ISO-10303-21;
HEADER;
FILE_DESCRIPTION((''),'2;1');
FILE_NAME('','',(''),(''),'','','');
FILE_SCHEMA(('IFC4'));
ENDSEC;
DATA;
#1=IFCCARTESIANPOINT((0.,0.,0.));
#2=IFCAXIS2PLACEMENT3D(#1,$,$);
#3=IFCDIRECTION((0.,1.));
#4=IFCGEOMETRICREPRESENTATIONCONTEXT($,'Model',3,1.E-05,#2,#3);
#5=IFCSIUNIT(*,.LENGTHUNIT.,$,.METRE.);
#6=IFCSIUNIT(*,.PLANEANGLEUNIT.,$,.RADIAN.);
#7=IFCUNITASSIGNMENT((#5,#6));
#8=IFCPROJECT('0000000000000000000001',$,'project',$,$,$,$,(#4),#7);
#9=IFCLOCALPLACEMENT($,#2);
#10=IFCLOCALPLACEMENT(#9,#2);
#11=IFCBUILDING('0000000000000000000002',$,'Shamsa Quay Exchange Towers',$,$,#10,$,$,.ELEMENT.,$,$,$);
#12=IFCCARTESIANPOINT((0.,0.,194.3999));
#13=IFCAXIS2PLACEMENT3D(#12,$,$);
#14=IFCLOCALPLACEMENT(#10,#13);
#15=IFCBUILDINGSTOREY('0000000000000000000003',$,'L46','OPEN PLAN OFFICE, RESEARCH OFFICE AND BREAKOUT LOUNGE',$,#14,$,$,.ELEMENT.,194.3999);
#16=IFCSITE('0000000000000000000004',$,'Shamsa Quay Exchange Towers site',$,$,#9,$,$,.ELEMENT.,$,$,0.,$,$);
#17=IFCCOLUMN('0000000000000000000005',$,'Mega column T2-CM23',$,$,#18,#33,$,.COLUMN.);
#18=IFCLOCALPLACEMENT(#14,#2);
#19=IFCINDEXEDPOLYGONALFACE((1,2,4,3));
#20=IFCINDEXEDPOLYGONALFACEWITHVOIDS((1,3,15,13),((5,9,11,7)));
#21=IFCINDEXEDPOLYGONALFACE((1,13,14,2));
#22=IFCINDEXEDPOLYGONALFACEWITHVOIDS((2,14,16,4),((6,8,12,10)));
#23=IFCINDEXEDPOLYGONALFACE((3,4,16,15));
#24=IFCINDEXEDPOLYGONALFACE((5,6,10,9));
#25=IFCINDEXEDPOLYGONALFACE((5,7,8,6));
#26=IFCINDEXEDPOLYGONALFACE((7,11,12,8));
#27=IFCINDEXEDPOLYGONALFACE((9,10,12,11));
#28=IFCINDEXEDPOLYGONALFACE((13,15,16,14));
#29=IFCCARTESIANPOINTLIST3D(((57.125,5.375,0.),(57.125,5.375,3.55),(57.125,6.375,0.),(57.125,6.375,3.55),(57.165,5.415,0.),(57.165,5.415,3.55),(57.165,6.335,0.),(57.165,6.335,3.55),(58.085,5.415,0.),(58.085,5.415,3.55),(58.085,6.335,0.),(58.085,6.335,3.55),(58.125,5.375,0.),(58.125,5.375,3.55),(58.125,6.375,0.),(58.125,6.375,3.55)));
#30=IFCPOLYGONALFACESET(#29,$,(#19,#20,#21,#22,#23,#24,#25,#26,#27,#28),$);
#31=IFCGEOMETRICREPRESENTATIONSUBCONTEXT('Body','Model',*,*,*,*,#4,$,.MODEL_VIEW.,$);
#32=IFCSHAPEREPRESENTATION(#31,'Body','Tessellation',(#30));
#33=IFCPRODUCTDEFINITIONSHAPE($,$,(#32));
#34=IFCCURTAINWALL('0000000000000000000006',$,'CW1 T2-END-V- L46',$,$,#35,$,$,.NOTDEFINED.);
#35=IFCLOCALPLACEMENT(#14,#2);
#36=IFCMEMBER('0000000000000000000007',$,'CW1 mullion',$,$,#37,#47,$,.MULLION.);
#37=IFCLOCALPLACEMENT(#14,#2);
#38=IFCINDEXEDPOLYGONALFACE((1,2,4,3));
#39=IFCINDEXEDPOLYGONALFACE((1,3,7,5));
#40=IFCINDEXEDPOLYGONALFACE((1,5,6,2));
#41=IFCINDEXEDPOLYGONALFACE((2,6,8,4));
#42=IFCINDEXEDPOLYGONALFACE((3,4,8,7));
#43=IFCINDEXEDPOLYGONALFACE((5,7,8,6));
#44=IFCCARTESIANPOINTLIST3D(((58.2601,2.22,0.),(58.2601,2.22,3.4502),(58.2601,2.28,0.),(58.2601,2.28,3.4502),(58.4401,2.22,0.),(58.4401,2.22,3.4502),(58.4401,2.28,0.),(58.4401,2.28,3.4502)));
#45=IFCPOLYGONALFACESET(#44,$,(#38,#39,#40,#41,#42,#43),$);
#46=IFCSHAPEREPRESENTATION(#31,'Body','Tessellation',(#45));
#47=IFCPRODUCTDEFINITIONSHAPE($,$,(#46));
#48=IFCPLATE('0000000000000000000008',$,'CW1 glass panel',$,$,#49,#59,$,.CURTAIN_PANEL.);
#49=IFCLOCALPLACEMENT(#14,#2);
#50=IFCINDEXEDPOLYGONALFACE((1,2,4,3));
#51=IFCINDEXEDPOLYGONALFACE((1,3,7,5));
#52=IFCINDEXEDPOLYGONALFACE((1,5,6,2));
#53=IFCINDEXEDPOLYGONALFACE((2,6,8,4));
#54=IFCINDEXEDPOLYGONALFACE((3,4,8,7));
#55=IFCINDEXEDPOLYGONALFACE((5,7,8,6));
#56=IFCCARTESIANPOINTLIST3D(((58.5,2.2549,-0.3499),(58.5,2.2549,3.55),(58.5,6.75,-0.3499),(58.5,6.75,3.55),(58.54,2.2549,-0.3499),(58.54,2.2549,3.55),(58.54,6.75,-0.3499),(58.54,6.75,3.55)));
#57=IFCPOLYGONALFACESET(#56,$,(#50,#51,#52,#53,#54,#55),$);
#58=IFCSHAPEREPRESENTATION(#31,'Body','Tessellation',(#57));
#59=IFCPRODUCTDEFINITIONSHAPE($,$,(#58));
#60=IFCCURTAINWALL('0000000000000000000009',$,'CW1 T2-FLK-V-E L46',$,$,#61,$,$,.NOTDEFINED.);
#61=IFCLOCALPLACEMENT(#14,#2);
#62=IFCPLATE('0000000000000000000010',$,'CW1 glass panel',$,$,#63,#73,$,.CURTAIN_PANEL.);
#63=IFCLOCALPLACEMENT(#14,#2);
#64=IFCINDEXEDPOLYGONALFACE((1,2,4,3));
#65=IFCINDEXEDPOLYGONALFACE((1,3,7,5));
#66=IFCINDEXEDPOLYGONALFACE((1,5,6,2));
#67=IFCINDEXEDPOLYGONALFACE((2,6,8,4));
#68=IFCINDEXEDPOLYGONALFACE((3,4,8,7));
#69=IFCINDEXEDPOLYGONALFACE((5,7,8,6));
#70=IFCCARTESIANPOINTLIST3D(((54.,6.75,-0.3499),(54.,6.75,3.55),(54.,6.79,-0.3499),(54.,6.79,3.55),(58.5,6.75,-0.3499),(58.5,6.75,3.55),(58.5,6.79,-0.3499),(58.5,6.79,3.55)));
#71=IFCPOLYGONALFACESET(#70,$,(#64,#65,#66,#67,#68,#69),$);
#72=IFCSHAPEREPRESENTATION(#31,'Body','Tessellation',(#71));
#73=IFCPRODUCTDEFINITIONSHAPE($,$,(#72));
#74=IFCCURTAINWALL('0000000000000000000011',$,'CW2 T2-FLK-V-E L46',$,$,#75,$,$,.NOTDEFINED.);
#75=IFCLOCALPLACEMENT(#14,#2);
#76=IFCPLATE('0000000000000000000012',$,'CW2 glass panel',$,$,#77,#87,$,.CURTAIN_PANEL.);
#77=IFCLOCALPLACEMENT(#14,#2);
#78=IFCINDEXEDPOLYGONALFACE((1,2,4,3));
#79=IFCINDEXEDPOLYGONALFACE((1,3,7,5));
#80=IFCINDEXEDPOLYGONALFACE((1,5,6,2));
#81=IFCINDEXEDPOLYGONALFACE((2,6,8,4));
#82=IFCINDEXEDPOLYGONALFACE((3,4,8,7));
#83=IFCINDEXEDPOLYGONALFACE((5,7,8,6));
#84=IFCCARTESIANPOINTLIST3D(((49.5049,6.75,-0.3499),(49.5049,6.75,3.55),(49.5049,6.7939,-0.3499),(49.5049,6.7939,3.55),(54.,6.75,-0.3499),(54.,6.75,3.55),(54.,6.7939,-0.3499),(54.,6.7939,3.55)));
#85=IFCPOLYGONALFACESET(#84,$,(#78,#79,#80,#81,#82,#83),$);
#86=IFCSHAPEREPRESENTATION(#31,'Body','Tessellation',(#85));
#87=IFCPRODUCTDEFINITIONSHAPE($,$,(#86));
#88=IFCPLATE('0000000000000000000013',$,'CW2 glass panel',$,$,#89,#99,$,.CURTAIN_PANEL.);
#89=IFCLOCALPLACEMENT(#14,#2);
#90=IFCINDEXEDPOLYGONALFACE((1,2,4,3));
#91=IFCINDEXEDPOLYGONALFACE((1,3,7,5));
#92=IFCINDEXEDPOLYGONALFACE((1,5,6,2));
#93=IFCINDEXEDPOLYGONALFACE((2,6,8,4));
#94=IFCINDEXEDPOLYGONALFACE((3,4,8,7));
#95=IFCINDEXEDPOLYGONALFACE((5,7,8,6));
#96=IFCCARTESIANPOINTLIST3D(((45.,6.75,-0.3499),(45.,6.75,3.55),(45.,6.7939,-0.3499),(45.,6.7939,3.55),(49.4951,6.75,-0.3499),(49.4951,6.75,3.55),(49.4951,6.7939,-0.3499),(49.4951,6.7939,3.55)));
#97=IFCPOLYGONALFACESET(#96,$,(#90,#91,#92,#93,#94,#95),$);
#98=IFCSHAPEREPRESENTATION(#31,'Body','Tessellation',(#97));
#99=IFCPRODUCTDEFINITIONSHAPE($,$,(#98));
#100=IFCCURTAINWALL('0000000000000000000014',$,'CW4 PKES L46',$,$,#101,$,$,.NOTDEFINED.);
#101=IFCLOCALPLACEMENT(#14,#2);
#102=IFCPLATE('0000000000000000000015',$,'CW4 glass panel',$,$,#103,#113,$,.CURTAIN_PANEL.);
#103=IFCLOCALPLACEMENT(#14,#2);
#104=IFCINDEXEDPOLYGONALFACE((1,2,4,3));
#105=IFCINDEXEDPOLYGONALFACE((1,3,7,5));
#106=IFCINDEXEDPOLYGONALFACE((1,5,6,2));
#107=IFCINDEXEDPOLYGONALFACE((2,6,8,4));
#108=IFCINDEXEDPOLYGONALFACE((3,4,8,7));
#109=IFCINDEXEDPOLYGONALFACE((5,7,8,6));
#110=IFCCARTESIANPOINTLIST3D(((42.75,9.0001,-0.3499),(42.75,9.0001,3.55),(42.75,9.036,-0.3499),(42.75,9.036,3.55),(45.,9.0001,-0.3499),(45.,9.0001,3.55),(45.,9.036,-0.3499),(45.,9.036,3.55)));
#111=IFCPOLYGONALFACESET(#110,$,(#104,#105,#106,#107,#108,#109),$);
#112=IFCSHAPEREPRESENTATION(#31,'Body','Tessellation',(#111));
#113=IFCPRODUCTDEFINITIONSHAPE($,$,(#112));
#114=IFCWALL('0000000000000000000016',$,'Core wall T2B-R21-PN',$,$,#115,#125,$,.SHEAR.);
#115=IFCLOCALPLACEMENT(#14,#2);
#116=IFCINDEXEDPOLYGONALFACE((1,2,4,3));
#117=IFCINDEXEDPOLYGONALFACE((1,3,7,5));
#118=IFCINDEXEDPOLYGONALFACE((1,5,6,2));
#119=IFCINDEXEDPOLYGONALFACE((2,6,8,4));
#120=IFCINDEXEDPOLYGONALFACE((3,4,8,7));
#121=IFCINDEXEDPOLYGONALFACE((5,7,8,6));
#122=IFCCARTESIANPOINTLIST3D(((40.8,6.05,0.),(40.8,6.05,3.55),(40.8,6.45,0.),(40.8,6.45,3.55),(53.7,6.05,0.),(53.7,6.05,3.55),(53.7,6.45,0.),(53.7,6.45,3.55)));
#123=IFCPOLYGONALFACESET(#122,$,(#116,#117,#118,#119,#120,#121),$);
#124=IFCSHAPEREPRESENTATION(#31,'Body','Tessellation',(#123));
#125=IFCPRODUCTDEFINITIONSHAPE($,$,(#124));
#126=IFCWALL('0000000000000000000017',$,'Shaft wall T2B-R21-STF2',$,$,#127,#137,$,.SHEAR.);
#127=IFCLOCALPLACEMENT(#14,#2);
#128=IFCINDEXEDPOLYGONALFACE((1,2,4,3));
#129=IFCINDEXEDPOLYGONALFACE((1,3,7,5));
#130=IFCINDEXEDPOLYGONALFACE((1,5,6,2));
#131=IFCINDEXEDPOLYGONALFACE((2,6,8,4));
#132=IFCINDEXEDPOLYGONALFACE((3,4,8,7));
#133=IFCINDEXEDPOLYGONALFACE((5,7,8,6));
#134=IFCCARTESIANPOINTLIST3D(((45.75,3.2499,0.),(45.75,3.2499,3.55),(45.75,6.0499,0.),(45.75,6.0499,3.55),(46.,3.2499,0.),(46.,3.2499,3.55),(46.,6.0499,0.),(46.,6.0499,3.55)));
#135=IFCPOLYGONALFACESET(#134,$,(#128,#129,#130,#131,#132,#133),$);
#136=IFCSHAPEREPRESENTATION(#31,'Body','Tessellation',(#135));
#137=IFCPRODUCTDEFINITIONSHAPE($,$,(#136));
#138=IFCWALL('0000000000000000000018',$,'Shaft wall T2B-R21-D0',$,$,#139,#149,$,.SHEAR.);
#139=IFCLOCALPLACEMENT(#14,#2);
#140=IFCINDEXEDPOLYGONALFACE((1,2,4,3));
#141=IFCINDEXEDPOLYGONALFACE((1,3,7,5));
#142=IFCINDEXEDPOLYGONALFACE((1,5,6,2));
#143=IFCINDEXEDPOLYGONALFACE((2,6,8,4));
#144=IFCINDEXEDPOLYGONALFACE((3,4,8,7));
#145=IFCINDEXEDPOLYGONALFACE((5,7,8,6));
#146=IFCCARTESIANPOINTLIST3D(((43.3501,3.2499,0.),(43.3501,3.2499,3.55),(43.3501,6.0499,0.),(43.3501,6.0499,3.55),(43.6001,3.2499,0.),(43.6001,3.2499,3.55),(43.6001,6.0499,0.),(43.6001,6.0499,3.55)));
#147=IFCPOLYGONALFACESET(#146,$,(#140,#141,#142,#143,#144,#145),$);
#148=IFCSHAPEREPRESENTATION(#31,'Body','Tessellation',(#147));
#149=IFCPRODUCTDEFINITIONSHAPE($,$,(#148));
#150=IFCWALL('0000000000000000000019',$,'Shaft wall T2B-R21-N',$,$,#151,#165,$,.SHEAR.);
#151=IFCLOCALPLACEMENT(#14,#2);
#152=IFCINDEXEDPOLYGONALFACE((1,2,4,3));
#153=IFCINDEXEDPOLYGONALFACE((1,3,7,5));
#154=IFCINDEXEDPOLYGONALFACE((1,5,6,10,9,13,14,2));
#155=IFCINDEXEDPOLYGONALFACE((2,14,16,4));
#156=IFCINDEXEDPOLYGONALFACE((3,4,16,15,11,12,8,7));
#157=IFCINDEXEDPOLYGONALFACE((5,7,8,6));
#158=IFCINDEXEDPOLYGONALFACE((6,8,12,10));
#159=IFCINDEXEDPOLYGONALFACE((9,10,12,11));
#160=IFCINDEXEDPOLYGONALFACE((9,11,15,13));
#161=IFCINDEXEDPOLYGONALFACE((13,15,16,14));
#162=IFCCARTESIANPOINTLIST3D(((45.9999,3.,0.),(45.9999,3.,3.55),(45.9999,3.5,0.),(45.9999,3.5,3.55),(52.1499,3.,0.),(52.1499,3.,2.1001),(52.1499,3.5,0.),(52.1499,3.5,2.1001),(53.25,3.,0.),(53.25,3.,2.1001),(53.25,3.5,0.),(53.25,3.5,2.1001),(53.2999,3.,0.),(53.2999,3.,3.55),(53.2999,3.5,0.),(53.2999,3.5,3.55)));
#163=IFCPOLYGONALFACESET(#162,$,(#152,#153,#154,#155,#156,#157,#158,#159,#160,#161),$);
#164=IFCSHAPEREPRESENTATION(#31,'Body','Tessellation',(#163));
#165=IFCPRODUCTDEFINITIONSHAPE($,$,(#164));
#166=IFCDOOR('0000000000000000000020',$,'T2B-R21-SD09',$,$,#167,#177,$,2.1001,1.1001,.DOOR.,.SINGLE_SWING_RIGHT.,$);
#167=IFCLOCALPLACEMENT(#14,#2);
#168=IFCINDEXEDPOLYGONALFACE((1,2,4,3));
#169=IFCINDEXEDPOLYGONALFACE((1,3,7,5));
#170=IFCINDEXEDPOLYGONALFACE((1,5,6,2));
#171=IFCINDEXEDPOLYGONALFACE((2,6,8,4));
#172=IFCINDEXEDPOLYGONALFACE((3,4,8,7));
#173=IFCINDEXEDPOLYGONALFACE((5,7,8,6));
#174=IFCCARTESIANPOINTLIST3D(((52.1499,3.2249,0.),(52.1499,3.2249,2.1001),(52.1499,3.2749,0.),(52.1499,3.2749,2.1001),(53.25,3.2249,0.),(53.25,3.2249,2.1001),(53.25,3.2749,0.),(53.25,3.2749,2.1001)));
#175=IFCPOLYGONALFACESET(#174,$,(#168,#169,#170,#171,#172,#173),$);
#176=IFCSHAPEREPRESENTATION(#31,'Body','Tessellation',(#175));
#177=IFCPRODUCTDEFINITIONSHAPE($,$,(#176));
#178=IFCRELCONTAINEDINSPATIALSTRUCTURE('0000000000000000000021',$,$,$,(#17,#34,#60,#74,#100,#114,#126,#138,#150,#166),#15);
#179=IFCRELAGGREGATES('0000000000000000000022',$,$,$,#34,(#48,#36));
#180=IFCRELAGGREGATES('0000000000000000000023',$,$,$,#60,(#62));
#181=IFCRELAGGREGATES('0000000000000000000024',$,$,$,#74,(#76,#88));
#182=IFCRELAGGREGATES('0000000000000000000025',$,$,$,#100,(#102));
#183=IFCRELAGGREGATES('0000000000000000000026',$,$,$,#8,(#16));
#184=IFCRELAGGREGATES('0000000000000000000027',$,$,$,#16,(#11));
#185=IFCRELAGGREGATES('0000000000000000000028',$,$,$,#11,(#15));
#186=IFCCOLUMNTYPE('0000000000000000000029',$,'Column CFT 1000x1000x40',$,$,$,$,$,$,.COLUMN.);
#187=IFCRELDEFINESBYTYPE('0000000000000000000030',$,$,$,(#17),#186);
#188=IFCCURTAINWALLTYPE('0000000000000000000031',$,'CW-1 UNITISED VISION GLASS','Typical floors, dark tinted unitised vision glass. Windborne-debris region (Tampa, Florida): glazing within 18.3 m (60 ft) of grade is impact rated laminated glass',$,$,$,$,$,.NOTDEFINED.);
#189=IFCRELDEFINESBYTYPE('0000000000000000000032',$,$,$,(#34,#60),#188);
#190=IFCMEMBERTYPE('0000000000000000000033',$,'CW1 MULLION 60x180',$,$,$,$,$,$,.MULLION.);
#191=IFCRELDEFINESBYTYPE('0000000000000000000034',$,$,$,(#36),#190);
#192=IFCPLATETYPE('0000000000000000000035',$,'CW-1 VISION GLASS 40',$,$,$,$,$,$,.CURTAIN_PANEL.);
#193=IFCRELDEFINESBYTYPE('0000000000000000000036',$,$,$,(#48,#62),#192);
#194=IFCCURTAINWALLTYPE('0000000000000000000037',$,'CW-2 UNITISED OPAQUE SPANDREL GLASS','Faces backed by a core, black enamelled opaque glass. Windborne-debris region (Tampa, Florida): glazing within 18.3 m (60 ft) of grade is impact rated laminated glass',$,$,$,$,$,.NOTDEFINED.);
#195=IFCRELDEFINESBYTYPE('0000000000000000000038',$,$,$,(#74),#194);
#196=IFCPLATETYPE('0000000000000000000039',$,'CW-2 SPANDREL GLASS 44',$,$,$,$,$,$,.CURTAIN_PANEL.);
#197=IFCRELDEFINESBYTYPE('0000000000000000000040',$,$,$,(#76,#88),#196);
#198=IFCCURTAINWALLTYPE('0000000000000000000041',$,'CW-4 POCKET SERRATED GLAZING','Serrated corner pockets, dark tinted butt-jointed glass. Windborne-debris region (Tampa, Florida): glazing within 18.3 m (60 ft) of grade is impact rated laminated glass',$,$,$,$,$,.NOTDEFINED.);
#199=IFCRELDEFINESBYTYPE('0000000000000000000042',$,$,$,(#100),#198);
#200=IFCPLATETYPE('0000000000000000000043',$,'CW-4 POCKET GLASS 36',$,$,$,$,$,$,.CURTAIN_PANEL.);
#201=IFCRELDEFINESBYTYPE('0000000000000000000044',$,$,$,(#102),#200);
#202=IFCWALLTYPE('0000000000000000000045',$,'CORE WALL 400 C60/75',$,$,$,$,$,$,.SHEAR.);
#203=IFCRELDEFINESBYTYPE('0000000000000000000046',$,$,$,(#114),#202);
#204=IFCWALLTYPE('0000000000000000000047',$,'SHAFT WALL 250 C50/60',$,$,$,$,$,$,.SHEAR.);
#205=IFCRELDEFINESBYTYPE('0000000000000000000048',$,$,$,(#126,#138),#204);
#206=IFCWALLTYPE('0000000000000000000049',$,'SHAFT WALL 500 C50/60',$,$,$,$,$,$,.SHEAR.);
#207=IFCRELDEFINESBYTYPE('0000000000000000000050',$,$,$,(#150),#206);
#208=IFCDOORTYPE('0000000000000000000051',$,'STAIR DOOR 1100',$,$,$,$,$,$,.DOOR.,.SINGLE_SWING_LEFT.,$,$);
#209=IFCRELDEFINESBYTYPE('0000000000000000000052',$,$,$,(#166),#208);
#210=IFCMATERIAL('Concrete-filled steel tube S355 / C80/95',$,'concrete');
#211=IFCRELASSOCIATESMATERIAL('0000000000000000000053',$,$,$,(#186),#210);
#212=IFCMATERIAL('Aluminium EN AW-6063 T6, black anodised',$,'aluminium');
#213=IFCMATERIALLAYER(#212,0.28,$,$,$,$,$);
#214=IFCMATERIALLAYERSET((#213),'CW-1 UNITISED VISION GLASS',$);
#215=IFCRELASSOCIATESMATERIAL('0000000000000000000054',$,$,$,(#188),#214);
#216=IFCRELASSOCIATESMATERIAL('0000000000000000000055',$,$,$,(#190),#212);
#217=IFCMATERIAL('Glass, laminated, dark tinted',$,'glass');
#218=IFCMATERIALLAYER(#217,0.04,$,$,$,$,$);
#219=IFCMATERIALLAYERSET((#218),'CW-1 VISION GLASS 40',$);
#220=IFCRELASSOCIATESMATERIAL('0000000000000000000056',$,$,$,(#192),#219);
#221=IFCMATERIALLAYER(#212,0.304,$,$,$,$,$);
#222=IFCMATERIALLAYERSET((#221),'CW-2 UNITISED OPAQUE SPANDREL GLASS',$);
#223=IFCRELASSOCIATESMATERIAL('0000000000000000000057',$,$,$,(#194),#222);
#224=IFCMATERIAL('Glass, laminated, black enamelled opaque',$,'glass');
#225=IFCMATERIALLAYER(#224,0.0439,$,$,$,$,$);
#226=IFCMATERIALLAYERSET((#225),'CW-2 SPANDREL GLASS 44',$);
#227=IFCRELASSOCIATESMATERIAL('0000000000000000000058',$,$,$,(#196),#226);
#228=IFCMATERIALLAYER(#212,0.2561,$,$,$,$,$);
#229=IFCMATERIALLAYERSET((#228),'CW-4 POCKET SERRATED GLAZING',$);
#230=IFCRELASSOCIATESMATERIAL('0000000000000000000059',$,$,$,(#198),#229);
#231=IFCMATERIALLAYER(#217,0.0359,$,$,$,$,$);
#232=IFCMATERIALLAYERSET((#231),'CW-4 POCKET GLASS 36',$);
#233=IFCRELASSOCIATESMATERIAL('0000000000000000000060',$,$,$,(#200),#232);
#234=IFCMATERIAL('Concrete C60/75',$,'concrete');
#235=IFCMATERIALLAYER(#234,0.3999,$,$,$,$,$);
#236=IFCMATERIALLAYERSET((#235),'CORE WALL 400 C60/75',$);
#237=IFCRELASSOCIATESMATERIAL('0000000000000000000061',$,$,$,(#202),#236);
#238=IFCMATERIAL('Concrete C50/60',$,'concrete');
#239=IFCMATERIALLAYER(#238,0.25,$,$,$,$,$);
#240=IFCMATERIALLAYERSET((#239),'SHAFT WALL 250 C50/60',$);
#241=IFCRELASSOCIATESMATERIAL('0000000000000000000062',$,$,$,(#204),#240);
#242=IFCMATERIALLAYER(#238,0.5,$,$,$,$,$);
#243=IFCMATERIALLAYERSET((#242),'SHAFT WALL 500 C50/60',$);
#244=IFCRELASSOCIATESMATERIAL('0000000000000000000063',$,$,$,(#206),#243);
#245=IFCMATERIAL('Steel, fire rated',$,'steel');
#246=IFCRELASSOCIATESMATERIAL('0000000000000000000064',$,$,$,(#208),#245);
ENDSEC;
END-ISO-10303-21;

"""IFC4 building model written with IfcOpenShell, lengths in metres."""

from ifc_helpers import new_model, si_unit, direction, frame, frame_2d, origin, origin_2d, place, context, subcontext, project, spatial, rectangle, hollow_rectangle, extrude, material, layer, layer_set, material_profile, profile_set, type_object, element, fill, aggregate, save


model = new_model("IFC4")

# Units and contexts
model_context = context("Model", 3, precision=1e-05, world=origin(), true_north=direction((0.0, 1.0)))
body_context = subcontext(model_context, "Body", "Model", "MODEL_VIEW")
ifc_project = project(units=[si_unit("LENGTHUNIT", "METRE"), si_unit("PLANEANGLEUNIT", "RADIAN")], contexts=[model_context])

# Site, building, storey
site_placement = place(None, origin())
site = spatial("IfcSite", under=ifc_project, at=site_placement, Name="Shamsa Quay Exchange Towers site", CompositionType="ELEMENT", RefElevation=0.0)
building_placement = place(site_placement, origin())
building = spatial("IfcBuilding", under=site, at=building_placement, Name="Shamsa Quay Exchange Towers", CompositionType="ELEMENT")
storey_placement = place(building_placement, frame((0.0, 0.0, 194.3999)))
storey = spatial("IfcBuildingStorey", under=building, at=storey_placement, Name="L46", Description="OPEN PLAN OFFICE, RESEARCH OFFICE AND BREAKOUT LOUNGE", CompositionType="ELEMENT", Elevation=194.3999)

# Column
ifc_material_1 = material(Name="Concrete-filled steel tube S355 / C80/95", Category="concrete")
ifc_material_profile_1 = material_profile(ifc_material_1, hollow_rectangle(XDim=1.0, YDim=1.0, WallThickness=0.04, at=origin_2d()), Name="CFT 1000x1000x40")
ifc_profile_set_1 = profile_set([ifc_material_profile_1], Name="Concrete-filled steel tube S355 / C80/95")
column_type = type_object("IfcColumnType", Name="Column CFT 1000x1000x40", PredefinedType="COLUMN", material=ifc_profile_set_1)
column_placement = place(storey_placement, frame((57.625, 5.875, 0.0)))
element("IfcColumn", 1, at=column_placement, inside=storey, type_object=column_type, Name="Mega column T2-CM23", PredefinedType="COLUMN", context=body_context, shape_type="SweptSolid", body=[
    extrude(hollow_rectangle(XDim=1.0, YDim=1.0, WallThickness=0.04, at=origin_2d()), origin(), (0.0, 0.0, 1.0), 3.55),
])

# Curtain wall, member, plate
ifc_material_2 = material(Name="Aluminium EN AW-6063 T6, black anodised", Category="aluminium")
ifc_layer_1 = layer(ifc_material_2, 0.28)
ifc_layer_set_1 = layer_set([ifc_layer_1], Name="CW-1 UNITISED VISION GLASS")
curtain_wall_type_1 = type_object("IfcCurtainWallType", Name="CW-1 UNITISED VISION GLASS", Description="Typical floors, dark tinted unitised vision glass. Windborne-debris region (Tampa, Florida): glazing within 18.3 m (60 ft) of grade is impact rated laminated glass", PredefinedType="NOTDEFINED", material=ifc_layer_set_1)
curtain_wall_1_placement = place(storey_placement, origin())
curtain_wall_1 = element("IfcCurtainWall", 2, at=curtain_wall_1_placement, inside=storey, type_object=curtain_wall_type_1, Name="CW1 T2-END-V- L46", PredefinedType="NOTDEFINED")
ifc_material_profile_2 = material_profile(ifc_material_2, rectangle(XDim=0.1799, YDim=0.0601, at=origin_2d()), Name="MU60x180")
ifc_profile_set_2 = profile_set([ifc_material_profile_2], Name="Aluminium EN AW-6063 T6, black anodised")
member_type = type_object("IfcMemberType", Name="CW1 MULLION 60x180", PredefinedType="MULLION", material=ifc_profile_set_2)
member_placement = place(storey_placement, frame((58.3501, 2.25, 0.0), z_axis=(0.0, 0.0, 1.0), x_axis=(-1.0, 0.0, 0.0)))
member = element("IfcMember", 3, at=member_placement, type_object=member_type, Name="CW1 mullion", PredefinedType="MULLION", context=body_context, shape_type="SweptSolid", body=[
    extrude(rectangle(XDim=0.1799, YDim=0.0601, at=origin_2d()), origin(), (0.0, 0.0, 1.0), 3.4502),
])
ifc_material_3 = material(Name="Glass, laminated, dark tinted", Category="glass")
ifc_layer_2 = layer(ifc_material_3, 0.04)
ifc_layer_set_2 = layer_set([ifc_layer_2], Name="CW-1 VISION GLASS 40")
plate_type_1 = type_object("IfcPlateType", Name="CW-1 VISION GLASS 40", PredefinedType="CURTAIN_PANEL", material=ifc_layer_set_2)
plate_1_placement = place(storey_placement, frame((58.52, 4.5024, -0.3499), z_axis=(0.0, 0.0, 1.0), x_axis=(0.0, 1.0, 0.0)))
plate_1 = element("IfcPlate", 4, at=plate_1_placement, type_object=plate_type_1, Name="CW1 glass panel", PredefinedType="CURTAIN_PANEL", context=body_context, shape_type="SweptSolid", body=[
    extrude(rectangle(XDim=4.4951, YDim=0.04, at=origin_2d()), origin(), (0.0, 0.0, 1.0), 3.8999),
])
aggregate(curtain_wall_1, [plate_1, member])

# Curtain wall, plate
curtain_wall_2_placement = place(storey_placement, origin())
curtain_wall_2 = element("IfcCurtainWall", 5, at=curtain_wall_2_placement, inside=storey, type_object=curtain_wall_type_1, Name="CW1 T2-FLK-V-E L46", PredefinedType="NOTDEFINED")
plate_2_placement = place(storey_placement, frame((56.25, 6.77, -0.3499), z_axis=(0.0, 0.0, 1.0), x_axis=(-1.0, 0.0, 0.0)))
plate_2 = element("IfcPlate", 6, at=plate_2_placement, type_object=plate_type_1, Name="CW1 glass panel", PredefinedType="CURTAIN_PANEL", context=body_context, shape_type="SweptSolid", body=[
    extrude(rectangle(XDim=4.5, YDim=0.04, at=origin_2d()), origin(), (0.0, 0.0, 1.0), 3.8999),
])
aggregate(curtain_wall_2, [plate_2])

# Curtain wall, plates
ifc_layer_3 = layer(ifc_material_2, 0.304)
ifc_layer_set_3 = layer_set([ifc_layer_3], Name="CW-2 UNITISED OPAQUE SPANDREL GLASS")
curtain_wall_type_2 = type_object("IfcCurtainWallType", Name="CW-2 UNITISED OPAQUE SPANDREL GLASS", Description="Faces backed by a core, black enamelled opaque glass. Windborne-debris region (Tampa, Florida): glazing within 18.3 m (60 ft) of grade is impact rated laminated glass", PredefinedType="NOTDEFINED", material=ifc_layer_set_3)
curtain_wall_3_placement = place(storey_placement, origin())
curtain_wall_3 = element("IfcCurtainWall", 7, at=curtain_wall_3_placement, inside=storey, type_object=curtain_wall_type_2, Name="CW2 T2-FLK-V-E L46", PredefinedType="NOTDEFINED")
ifc_material_4 = material(Name="Glass, laminated, black enamelled opaque", Category="glass")
ifc_layer_4 = layer(ifc_material_4, 0.0439)
ifc_layer_set_4 = layer_set([ifc_layer_4], Name="CW-2 SPANDREL GLASS 44")
plate_type_2 = type_object("IfcPlateType", Name="CW-2 SPANDREL GLASS 44", PredefinedType="CURTAIN_PANEL", material=ifc_layer_set_4)
plate_3_placement = place(storey_placement, frame((51.7524, 6.772, -0.3499), z_axis=(0.0, 0.0, 1.0), x_axis=(-1.0, 0.0, 0.0)))
plate_3 = element("IfcPlate", 8, at=plate_3_placement, type_object=plate_type_2, Name="CW2 glass panel", PredefinedType="CURTAIN_PANEL", context=body_context, shape_type="SweptSolid", body=[
    extrude(rectangle(XDim=4.4951, YDim=0.0439, at=origin_2d()), origin(), (0.0, 0.0, 1.0), 3.8999),
])
plate_4_placement = place(storey_placement, frame((47.2476, 6.772, -0.3499), z_axis=(0.0, 0.0, 1.0), x_axis=(-1.0, 0.0, 0.0)))
plate_4 = element("IfcPlate", 9, at=plate_4_placement, type_object=plate_type_2, Name="CW2 glass panel", PredefinedType="CURTAIN_PANEL", context=body_context, shape_type="SweptSolid", body=[
    extrude(rectangle(XDim=4.4951, YDim=0.0439, at=origin_2d()), origin(), (0.0, 0.0, 1.0), 3.8999),
])
aggregate(curtain_wall_3, [plate_3, plate_4])

# Curtain wall, plate
ifc_layer_5 = layer(ifc_material_2, 0.2561)
ifc_layer_set_5 = layer_set([ifc_layer_5], Name="CW-4 POCKET SERRATED GLAZING")
curtain_wall_type_3 = type_object("IfcCurtainWallType", Name="CW-4 POCKET SERRATED GLAZING", Description="Serrated corner pockets, dark tinted butt-jointed glass. Windborne-debris region (Tampa, Florida): glazing within 18.3 m (60 ft) of grade is impact rated laminated glass", PredefinedType="NOTDEFINED", material=ifc_layer_set_5)
curtain_wall_4_placement = place(storey_placement, origin())
curtain_wall_4 = element("IfcCurtainWall", 10, at=curtain_wall_4_placement, inside=storey, type_object=curtain_wall_type_3, Name="CW4 PKES L46", PredefinedType="NOTDEFINED")
ifc_layer_6 = layer(ifc_material_3, 0.0359)
ifc_layer_set_6 = layer_set([ifc_layer_6], Name="CW-4 POCKET GLASS 36")
plate_type_3 = type_object("IfcPlateType", Name="CW-4 POCKET GLASS 36", PredefinedType="CURTAIN_PANEL", material=ifc_layer_set_6)
plate_5_placement = place(storey_placement, frame((43.875, 9.0181, -0.3499), z_axis=(0.0, 0.0, 1.0), x_axis=(-1.0, 0.0, 0.0)))
plate_5 = element("IfcPlate", 11, at=plate_5_placement, type_object=plate_type_3, Name="CW4 glass panel", PredefinedType="CURTAIN_PANEL", context=body_context, shape_type="SweptSolid", body=[
    extrude(rectangle(XDim=2.25, YDim=0.0359, at=origin_2d()), origin(), (0.0, 0.0, 1.0), 3.8999),
])
aggregate(curtain_wall_4, [plate_5])

# Walls
ifc_material_5 = material(Name="Concrete C60/75", Category="concrete")
ifc_layer_7 = layer(ifc_material_5, 0.3999)
ifc_layer_set_7 = layer_set([ifc_layer_7], Name="CORE WALL 400 C60/75")
wall_type_1 = type_object("IfcWallType", Name="CORE WALL 400 C60/75", PredefinedType="SHEAR", material=ifc_layer_set_7)
wall_1_placement = place(storey_placement, frame((53.7, 6.25, 0.0), z_axis=(0.0, 0.0, 1.0), x_axis=(-1.0, 0.0, 0.0)))
element("IfcWall", 12, at=wall_1_placement, inside=storey, type_object=wall_type_1, Name="Core wall T2B-R21-PN", PredefinedType="SHEAR", context=body_context, shape_type="SweptSolid", body=[
    extrude(rectangle(XDim=12.8999, YDim=0.3999, at=frame_2d((6.45, 0.0))), origin(), (0.0, 0.0, 1.0), 3.55),
])
ifc_material_6 = material(Name="Concrete C50/60", Category="concrete")
ifc_layer_8 = layer(ifc_material_6, 0.25)
ifc_layer_set_8 = layer_set([ifc_layer_8], Name="SHAFT WALL 250 C50/60")
wall_type_2 = type_object("IfcWallType", Name="SHAFT WALL 250 C50/60", PredefinedType="SHEAR", material=ifc_layer_set_8)
for number, where, z_axis, x_axis, name in (
    (13, (45.875, 3.25, 0.0), (0.0, 0.0, 1.0), (0.0, 1.0, 0.0), "Shaft wall T2B-R21-STF2"),
    (14, (43.4751, 3.25, 0.0), (0.0, 0.0, 1.0), (0.0, 1.0, 0.0), "Shaft wall T2B-R21-D0"),
):
    element("IfcWall", number, at=place(storey_placement, frame(where, z_axis=z_axis, x_axis=x_axis)), inside=storey, type_object=wall_type_2, Name=name, PredefinedType="SHEAR", context=body_context, shape_type="SweptSolid", body=[
        extrude(rectangle(XDim=2.8, YDim=0.25, at=frame_2d((1.3999, 0.0))), origin(), (0.0, 0.0, 1.0), 3.55),
    ])

# Wall, opening, door
ifc_layer_9 = layer(ifc_material_6, 0.5)
ifc_layer_set_9 = layer_set([ifc_layer_9], Name="SHAFT WALL 500 C50/60")
wall_type_3 = type_object("IfcWallType", Name="SHAFT WALL 500 C50/60", PredefinedType="SHEAR", material=ifc_layer_set_9)
wall_2_placement = place(storey_placement, frame((46.0, 3.25, 0.0)))
wall_2 = element("IfcWall", 15, at=wall_2_placement, inside=storey, type_object=wall_type_3, Name="Shaft wall T2B-R21-N", PredefinedType="SHEAR", context=body_context, shape_type="SweptSolid", body=[
    extrude(rectangle(XDim=7.3, YDim=0.5, at=frame_2d((3.6499, 0.0))), origin(), (0.0, 0.0, 1.0), 3.55),
])
opening_1_placement = place(wall_2_placement, frame((6.1499, 0.0, 0.0)))
opening_1 = element("IfcOpeningElement", 16, at=opening_1_placement, cuts=wall_2, PredefinedType="OPENING", context=body_context, shape_type="SweptSolid", body=[
    extrude(rectangle(XDim=1.1001, YDim=2.1001, at=frame_2d((0.55, 1.05))), frame((0.0, 0.26, 0.0), z_axis=(0.0, -1.0, 0.0), x_axis=(1.0, 0.0, 0.0)), (0.0, 0.0, 1.0), 0.52),
])
ifc_material_7 = material(Name="Steel, fire rated", Category="steel")
door_type_1 = type_object("IfcDoorType", Name="STAIR DOOR 1100", OperationType="SINGLE_SWING_LEFT", PredefinedType="DOOR", material=ifc_material_7)
door_1_placement = place(opening_1_placement, origin())
door_1 = element("IfcDoor", 17, at=door_1_placement, inside=storey, type_object=door_type_1, Name="T2B-R21-SD09", OperationType="SINGLE_SWING_RIGHT", OverallHeight=2.1001, OverallWidth=1.1001, PredefinedType="DOOR", context=body_context, shape_type="SweptSolid", body=[
    extrude(rectangle(XDim=1.1001, YDim=2.1001, at=frame_2d((0.55, 1.05))), frame((0.0, 0.0249, 0.0), z_axis=(0.0, -1.0, 0.0), x_axis=(1.0, 0.0, 0.0)), (0.0, 0.0, 1.0), 0.05),
])
fill(opening_1, door_1)

save(model, "model.ifc")
